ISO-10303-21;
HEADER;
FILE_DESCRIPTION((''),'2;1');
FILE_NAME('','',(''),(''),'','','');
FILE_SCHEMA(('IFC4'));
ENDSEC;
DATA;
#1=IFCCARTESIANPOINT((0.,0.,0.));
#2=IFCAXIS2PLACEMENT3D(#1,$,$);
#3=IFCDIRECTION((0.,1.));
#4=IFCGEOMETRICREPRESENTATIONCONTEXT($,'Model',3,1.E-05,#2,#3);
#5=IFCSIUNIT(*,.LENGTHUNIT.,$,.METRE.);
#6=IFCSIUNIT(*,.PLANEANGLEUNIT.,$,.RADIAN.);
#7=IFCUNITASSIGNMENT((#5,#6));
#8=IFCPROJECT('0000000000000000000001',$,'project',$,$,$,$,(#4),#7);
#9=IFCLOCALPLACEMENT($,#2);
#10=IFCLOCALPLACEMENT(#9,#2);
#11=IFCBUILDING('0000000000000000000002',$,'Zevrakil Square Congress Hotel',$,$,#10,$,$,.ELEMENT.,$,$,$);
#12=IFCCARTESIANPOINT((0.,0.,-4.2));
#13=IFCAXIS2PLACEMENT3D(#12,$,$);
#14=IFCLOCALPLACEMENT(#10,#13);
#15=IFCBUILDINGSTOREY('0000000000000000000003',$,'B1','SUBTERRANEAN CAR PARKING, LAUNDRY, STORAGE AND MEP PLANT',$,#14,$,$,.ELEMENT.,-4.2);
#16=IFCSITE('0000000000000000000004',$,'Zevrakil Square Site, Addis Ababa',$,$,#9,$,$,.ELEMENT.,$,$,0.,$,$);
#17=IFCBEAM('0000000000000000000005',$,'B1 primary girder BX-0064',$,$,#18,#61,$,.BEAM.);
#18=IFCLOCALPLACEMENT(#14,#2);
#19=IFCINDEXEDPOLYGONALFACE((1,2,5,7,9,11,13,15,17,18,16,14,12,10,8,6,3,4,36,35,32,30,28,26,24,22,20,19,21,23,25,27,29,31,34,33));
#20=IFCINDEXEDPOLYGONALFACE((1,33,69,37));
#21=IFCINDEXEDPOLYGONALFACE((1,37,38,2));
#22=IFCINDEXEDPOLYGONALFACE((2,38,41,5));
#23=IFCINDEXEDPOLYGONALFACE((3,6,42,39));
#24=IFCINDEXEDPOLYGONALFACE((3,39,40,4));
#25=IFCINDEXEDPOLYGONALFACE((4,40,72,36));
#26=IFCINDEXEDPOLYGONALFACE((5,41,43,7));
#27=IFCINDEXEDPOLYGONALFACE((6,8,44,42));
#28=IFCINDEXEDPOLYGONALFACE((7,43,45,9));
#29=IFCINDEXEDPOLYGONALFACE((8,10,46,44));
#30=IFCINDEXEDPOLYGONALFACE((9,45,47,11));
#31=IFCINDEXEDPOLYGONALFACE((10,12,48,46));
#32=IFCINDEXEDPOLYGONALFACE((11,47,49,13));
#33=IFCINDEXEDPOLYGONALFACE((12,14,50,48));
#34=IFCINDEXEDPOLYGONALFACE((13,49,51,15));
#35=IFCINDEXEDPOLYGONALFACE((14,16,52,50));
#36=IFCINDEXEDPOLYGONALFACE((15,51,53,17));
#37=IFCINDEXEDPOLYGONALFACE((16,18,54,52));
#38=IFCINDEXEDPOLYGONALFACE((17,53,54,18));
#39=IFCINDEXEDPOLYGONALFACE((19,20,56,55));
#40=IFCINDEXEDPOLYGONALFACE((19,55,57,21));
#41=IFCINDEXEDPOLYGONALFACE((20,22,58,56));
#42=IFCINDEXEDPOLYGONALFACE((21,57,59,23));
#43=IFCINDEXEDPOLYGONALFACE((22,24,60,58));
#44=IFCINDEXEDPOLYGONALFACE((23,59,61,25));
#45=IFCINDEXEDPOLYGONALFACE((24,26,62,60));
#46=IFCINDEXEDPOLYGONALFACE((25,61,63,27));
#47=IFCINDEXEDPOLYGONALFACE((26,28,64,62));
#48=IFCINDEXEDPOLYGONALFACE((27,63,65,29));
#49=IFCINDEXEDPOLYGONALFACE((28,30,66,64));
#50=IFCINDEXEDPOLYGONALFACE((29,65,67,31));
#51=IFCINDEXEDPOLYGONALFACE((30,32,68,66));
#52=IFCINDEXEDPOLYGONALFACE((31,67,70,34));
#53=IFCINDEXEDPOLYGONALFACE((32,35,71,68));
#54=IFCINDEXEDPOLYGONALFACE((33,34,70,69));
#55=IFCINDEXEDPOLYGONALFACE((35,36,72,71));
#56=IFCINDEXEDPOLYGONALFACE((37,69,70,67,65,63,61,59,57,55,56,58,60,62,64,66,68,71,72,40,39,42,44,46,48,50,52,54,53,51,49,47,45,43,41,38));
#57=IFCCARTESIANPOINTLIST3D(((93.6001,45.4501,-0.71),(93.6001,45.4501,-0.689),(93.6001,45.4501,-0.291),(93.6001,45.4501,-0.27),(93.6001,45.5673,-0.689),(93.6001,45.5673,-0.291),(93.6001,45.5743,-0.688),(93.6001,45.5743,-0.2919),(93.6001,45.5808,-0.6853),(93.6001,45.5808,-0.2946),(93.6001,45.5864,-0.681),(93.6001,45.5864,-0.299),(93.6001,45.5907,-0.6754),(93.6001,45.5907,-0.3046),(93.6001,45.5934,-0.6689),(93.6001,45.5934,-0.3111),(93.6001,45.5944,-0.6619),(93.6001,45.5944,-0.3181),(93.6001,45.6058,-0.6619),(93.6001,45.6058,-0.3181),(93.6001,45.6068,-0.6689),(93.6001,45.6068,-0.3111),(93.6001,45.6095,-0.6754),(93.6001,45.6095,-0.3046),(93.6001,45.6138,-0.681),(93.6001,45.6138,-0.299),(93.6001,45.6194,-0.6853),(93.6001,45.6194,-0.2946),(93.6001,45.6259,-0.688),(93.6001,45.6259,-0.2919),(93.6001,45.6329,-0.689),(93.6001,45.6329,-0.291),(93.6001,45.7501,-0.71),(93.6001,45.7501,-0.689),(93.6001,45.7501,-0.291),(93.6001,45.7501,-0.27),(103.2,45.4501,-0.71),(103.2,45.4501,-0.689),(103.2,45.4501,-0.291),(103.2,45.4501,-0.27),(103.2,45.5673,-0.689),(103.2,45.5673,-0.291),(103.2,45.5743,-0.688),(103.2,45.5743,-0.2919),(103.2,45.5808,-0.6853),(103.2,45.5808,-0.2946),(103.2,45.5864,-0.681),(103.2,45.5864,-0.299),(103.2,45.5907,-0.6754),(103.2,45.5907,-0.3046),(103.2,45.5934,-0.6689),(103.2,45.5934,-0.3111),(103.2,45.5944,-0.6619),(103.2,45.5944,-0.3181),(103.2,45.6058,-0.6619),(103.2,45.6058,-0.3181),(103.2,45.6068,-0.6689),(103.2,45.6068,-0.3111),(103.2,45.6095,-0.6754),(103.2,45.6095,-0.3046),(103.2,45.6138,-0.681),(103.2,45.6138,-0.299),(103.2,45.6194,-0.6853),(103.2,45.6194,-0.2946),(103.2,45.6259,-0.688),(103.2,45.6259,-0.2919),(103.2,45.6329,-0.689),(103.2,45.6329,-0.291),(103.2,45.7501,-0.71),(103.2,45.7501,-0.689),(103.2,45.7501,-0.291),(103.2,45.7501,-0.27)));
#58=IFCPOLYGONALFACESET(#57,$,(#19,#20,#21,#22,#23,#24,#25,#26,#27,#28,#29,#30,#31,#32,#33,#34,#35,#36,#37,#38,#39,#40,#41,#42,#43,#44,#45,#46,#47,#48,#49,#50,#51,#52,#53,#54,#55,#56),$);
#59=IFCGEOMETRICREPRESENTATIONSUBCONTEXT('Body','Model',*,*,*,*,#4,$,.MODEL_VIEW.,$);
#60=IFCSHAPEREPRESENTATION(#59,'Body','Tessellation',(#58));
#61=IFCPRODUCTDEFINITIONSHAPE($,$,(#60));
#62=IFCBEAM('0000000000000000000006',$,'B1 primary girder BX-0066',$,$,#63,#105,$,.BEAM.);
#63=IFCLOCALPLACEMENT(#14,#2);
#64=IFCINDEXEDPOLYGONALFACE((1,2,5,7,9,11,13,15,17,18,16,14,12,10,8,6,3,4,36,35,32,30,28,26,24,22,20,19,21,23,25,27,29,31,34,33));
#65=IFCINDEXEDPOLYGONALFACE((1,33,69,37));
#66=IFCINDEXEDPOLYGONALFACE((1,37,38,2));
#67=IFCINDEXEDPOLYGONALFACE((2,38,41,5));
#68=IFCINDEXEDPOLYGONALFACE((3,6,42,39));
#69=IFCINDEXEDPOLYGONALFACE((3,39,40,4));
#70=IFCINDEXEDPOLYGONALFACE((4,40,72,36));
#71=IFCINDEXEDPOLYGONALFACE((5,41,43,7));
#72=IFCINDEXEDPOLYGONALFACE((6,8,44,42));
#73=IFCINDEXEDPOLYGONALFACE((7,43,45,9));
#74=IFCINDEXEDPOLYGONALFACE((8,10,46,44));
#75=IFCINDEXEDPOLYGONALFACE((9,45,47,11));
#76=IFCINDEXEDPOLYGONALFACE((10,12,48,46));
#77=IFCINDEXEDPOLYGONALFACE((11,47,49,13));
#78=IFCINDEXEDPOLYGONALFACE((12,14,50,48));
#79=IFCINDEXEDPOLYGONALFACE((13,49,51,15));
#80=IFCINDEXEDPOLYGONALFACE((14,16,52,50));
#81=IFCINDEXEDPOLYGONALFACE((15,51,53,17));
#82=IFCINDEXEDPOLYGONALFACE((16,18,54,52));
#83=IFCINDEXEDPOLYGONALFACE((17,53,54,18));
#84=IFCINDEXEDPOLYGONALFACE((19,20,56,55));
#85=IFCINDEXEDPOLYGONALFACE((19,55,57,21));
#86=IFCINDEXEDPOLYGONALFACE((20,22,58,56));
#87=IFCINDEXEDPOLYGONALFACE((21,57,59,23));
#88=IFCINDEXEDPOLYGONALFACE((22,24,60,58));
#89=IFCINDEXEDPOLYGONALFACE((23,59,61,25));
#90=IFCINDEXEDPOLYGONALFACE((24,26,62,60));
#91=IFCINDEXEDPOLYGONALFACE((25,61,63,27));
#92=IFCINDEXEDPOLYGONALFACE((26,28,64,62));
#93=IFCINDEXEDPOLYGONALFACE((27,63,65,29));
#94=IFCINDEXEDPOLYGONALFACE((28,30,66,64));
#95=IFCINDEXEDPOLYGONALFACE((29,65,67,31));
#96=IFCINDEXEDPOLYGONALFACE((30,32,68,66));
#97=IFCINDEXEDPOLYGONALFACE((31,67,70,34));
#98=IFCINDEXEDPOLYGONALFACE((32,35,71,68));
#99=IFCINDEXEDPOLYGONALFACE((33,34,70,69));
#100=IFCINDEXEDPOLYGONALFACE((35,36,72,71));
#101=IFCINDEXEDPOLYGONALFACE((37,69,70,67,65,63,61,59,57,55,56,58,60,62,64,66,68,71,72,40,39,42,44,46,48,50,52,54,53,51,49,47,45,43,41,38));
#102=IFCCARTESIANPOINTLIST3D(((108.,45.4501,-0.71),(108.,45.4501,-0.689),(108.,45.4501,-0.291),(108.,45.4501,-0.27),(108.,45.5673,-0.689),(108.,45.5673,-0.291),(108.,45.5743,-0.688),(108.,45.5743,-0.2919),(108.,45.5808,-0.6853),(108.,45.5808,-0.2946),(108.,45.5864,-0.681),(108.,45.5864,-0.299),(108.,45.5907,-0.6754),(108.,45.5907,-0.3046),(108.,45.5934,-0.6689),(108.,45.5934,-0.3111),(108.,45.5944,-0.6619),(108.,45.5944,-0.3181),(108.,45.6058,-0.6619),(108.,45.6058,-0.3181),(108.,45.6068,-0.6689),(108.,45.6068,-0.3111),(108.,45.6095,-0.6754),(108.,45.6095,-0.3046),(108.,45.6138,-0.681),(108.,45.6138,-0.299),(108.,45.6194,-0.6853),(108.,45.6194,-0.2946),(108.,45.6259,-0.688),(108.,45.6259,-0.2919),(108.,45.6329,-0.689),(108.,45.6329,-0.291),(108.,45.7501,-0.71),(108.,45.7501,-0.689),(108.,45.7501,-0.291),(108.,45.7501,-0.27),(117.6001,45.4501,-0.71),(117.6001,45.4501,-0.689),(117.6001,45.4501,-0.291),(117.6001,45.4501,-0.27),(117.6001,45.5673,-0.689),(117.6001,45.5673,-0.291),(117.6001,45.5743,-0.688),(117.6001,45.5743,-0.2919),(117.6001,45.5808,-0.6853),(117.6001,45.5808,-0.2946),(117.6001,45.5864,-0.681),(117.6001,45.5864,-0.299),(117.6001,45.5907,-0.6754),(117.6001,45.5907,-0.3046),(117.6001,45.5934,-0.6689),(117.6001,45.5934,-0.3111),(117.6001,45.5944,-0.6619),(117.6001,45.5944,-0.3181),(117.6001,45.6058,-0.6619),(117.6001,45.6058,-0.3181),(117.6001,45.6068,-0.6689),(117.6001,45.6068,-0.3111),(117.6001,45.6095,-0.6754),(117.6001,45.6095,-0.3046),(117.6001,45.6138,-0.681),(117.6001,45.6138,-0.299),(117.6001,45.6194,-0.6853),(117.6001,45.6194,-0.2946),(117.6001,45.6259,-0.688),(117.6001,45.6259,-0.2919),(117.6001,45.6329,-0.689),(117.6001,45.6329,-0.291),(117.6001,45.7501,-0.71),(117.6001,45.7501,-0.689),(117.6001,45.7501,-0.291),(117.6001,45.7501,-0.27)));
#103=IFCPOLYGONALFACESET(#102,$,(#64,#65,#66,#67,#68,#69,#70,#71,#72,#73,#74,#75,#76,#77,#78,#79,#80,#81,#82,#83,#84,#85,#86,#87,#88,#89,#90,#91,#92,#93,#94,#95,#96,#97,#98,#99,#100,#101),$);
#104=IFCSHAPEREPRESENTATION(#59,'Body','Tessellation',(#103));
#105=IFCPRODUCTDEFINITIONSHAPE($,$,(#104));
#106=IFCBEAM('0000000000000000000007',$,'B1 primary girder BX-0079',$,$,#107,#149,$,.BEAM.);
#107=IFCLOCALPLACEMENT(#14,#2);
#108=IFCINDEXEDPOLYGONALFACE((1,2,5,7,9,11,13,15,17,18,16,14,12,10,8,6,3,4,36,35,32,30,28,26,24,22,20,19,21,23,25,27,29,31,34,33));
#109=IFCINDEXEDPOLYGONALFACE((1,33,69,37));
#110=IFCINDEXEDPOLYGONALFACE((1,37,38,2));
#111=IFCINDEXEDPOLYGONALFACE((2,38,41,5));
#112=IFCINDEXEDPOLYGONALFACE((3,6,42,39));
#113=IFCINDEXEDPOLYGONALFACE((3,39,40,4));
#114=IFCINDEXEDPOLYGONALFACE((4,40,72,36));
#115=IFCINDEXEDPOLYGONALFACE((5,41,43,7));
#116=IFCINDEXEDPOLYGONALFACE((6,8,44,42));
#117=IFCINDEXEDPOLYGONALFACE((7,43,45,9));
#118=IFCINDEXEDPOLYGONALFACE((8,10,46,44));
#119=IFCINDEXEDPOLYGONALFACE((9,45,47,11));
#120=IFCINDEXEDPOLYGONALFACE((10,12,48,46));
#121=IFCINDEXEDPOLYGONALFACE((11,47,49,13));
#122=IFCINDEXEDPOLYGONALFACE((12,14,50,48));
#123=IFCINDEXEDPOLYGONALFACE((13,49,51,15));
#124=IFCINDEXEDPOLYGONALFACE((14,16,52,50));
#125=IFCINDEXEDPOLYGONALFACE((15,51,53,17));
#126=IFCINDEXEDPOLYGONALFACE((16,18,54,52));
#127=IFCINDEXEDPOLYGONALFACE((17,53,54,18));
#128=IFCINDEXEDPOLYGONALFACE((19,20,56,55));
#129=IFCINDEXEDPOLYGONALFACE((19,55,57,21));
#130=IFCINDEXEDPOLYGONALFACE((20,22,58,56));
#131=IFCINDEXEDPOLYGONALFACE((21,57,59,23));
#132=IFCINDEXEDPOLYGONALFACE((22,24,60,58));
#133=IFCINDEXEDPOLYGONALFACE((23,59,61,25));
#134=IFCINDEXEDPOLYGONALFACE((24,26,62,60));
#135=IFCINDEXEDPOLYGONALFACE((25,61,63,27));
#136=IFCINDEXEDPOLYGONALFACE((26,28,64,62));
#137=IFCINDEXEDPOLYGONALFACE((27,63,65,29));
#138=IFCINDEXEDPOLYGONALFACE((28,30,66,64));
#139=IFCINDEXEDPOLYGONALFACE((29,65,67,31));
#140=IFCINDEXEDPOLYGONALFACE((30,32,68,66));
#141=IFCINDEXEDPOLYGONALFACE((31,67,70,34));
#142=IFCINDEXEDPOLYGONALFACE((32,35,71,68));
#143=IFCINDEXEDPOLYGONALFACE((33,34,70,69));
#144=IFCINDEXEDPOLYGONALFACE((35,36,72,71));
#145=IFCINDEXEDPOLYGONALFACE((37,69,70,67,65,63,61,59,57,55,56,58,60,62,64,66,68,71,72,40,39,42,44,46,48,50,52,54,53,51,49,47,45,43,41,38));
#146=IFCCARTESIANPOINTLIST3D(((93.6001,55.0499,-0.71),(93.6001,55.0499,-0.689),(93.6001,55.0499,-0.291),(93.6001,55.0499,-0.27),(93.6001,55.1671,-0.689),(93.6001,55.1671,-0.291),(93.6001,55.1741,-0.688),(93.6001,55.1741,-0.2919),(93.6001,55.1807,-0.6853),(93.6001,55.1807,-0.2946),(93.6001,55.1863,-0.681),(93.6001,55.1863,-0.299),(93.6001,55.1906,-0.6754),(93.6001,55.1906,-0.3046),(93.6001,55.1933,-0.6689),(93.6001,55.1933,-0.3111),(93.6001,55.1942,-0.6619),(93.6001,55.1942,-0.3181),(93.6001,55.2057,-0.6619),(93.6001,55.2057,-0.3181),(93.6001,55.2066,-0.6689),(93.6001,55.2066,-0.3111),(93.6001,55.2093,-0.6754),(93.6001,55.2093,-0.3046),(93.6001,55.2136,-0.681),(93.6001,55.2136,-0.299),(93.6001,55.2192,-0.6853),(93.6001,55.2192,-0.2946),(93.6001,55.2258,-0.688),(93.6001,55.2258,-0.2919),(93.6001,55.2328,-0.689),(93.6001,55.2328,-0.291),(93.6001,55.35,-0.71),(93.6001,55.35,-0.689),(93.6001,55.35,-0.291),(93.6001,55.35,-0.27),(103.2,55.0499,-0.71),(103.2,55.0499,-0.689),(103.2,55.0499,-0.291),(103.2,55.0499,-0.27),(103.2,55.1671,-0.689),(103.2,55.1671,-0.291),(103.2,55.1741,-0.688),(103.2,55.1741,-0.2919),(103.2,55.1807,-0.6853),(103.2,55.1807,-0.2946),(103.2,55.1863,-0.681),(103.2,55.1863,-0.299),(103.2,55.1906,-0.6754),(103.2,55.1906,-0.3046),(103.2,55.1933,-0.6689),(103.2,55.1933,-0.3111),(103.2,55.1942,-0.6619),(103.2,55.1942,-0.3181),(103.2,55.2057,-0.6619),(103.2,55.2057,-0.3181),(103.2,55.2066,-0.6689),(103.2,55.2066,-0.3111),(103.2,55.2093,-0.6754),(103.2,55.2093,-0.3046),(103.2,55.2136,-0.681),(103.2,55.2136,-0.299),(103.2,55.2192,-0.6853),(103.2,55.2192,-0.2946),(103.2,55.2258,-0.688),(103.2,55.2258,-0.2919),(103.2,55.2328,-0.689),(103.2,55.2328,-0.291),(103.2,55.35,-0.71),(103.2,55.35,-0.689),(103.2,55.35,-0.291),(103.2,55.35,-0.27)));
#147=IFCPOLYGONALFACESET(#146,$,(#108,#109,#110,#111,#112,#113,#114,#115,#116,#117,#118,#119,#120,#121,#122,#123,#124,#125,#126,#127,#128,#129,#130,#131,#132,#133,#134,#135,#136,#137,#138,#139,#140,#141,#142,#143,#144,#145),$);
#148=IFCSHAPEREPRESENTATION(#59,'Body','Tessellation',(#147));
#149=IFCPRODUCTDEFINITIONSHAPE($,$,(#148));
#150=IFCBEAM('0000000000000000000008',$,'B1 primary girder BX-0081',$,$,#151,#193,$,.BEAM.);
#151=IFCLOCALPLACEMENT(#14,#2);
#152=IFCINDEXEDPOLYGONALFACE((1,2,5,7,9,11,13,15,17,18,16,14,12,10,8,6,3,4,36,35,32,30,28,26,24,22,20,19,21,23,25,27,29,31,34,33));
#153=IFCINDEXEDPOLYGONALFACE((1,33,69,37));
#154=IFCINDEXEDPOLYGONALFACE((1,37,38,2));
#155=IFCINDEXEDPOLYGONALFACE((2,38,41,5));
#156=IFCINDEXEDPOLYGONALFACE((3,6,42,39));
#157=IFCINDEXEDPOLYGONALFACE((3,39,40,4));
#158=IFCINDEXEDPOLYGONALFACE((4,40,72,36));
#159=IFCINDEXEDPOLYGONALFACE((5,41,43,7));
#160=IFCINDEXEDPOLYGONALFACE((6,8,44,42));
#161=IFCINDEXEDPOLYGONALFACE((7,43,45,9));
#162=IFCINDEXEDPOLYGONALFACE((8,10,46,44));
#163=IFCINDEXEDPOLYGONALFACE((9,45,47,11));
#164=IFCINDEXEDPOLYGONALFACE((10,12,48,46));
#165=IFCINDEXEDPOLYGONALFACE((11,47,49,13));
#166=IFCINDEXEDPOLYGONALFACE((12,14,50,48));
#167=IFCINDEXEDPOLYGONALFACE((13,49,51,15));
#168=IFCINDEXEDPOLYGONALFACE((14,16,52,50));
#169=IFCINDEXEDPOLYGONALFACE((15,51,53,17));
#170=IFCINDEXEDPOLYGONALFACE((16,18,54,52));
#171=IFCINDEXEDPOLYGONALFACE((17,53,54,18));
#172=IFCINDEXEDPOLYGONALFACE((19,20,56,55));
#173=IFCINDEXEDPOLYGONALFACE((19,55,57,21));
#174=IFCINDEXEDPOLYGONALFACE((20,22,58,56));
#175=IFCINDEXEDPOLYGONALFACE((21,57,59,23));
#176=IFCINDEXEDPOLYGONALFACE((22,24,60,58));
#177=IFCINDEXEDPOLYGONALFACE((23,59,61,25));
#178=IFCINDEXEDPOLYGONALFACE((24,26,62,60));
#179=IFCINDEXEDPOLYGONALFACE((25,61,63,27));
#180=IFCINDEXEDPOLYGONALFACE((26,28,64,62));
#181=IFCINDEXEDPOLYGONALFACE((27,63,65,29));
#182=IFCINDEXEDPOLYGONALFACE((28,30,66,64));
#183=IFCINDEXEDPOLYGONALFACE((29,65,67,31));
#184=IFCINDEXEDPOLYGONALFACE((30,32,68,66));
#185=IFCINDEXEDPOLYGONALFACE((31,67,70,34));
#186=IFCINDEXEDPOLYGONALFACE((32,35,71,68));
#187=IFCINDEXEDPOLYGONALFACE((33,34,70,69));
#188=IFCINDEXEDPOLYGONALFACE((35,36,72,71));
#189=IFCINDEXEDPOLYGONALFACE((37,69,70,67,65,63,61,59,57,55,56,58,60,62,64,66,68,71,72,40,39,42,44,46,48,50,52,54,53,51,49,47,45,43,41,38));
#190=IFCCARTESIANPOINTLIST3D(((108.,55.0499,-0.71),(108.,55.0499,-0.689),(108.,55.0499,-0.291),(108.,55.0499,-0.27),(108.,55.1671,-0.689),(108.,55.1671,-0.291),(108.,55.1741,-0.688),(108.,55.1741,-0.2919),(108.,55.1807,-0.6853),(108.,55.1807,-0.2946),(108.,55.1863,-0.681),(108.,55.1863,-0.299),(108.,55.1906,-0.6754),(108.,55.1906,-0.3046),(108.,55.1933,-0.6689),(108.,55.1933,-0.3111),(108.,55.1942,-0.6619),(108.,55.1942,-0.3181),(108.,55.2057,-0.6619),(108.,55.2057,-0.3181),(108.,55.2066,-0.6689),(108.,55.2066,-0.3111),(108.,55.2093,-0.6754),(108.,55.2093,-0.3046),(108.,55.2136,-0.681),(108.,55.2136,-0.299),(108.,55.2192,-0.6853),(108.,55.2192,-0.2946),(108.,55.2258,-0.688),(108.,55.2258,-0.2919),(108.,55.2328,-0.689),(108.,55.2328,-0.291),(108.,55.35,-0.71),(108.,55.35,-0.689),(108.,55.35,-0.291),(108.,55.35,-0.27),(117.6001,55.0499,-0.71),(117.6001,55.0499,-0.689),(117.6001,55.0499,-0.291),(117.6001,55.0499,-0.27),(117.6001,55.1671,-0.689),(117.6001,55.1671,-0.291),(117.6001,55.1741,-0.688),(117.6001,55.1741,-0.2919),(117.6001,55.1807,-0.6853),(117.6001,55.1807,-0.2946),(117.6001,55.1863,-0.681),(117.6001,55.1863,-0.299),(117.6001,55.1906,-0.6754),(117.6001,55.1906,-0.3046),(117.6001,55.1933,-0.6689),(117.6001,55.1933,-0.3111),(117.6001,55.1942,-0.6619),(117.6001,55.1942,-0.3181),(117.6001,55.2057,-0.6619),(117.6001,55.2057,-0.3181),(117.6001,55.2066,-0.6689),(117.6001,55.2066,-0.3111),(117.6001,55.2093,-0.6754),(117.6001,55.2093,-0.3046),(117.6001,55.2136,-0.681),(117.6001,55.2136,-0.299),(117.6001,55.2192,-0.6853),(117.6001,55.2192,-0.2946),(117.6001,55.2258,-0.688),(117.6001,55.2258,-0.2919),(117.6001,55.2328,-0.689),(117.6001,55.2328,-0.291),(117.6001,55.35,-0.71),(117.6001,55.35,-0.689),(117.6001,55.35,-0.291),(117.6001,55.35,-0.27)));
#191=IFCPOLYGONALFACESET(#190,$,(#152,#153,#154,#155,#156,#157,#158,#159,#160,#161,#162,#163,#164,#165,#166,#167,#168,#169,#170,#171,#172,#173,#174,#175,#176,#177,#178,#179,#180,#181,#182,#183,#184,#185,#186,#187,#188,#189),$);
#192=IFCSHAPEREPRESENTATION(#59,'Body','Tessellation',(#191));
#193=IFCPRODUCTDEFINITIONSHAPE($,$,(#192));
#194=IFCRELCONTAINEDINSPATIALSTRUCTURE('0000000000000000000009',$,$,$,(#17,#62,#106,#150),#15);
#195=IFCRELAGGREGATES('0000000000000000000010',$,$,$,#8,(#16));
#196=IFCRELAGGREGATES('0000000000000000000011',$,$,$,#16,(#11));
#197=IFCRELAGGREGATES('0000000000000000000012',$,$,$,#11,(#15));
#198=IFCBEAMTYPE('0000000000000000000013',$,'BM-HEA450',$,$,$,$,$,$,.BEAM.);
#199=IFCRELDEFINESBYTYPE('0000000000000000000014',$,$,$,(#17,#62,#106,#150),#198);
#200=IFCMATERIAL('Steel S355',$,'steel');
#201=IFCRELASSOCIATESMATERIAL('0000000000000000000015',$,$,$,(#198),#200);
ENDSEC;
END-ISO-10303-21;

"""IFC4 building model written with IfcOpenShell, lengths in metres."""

from ifc_helpers import new_model, si_unit, direction, frame, origin, origin_2d, place, context, subcontext, project, spatial, i_section, extrude, material, material_profile, profile_set, type_object, element, save


model = new_model("IFC4")

# Units and contexts
model_context = context("Model", 3, precision=1e-05, world=origin(), true_north=direction((0.0, 1.0)))
body_context = subcontext(model_context, "Body", "Model", "MODEL_VIEW")
ifc_project = project(units=[si_unit("LENGTHUNIT", "METRE"), si_unit("PLANEANGLEUNIT", "RADIAN")], contexts=[model_context])

# Site, building, storey
site_placement = place(None, origin())
site = spatial("IfcSite", under=ifc_project, at=site_placement, Name="Zevrakil Square Site, Addis Ababa", CompositionType="ELEMENT", RefElevation=0.0)
building_placement = place(site_placement, origin())
building = spatial("IfcBuilding", under=site, at=building_placement, Name="Zevrakil Square Congress Hotel", CompositionType="ELEMENT")
storey_placement = place(building_placement, frame((0.0, 0.0, -4.2)))
storey = spatial("IfcBuildingStorey", under=building, at=storey_placement, Name="B1", Description="SUBTERRANEAN CAR PARKING, LAUNDRY, STORAGE AND MEP PLANT", CompositionType="ELEMENT", Elevation=-4.2)

# Beams
ifc_material_1 = material(Name="Steel S355", Category="steel")
ifc_material_profile_1 = material_profile(ifc_material_1, i_section(OverallWidth=0.3, OverallDepth=0.4399, WebThickness=0.0115, FlangeThickness=0.021, FilletRadius=0.0271, at=origin_2d()), Name="HEA 450")
ifc_profile_set_1 = profile_set([ifc_material_profile_1], Name="Steel S355")
beam_type_1 = type_object("IfcBeamType", Name="BM-HEA450", PredefinedType="BEAM", material=ifc_profile_set_1)
beam_1_placement = place(storey_placement, frame((93.6001, 45.6001, -0.49), z_axis=(1.0, 0.0, 0.0), x_axis=(0.0, 1.0, 0.0)))
element("IfcBeam", 1, at=beam_1_placement, inside=storey, type_object=beam_type_1, Name="B1 primary girder BX-0064", PredefinedType="BEAM", context=body_context, shape_type="SweptSolid", body=[
    extrude(i_section(OverallWidth=0.3, OverallDepth=0.4399, WebThickness=0.0115, FlangeThickness=0.021, FilletRadius=0.0271, at=origin_2d()), origin(), (0.0, 0.0, 1.0), 9.5999),
])
beam_2_placement = place(storey_placement, frame((108.0, 45.6001, -0.49), z_axis=(1.0, 0.0, 0.0), x_axis=(0.0, 1.0, 0.0)))
element("IfcBeam", 2, at=beam_2_placement, inside=storey, type_object=beam_type_1, Name="B1 primary girder BX-0066", PredefinedType="BEAM", context=body_context, shape_type="SweptSolid", body=[
    extrude(i_section(OverallWidth=0.3, OverallDepth=0.4399, WebThickness=0.0115, FlangeThickness=0.021, FilletRadius=0.0271, at=origin_2d()), origin(), (0.0, 0.0, 1.0), 9.6001),
])
beam_3_placement = place(storey_placement, frame((93.6001, 55.2, -0.49), z_axis=(1.0, 0.0, 0.0), x_axis=(0.0, 1.0, 0.0)))
element("IfcBeam", 3, at=beam_3_placement, inside=storey, type_object=beam_type_1, Name="B1 primary girder BX-0079", PredefinedType="BEAM", context=body_context, shape_type="SweptSolid", body=[
    extrude(i_section(OverallWidth=0.3, OverallDepth=0.4399, WebThickness=0.0115, FlangeThickness=0.021, FilletRadius=0.0271, at=origin_2d()), origin(), (0.0, 0.0, 1.0), 9.5999),
])
beam_4_placement = place(storey_placement, frame((108.0, 55.2, -0.49), z_axis=(1.0, 0.0, 0.0), x_axis=(0.0, 1.0, 0.0)))
element("IfcBeam", 4, at=beam_4_placement, inside=storey, type_object=beam_type_1, Name="B1 primary girder BX-0081", PredefinedType="BEAM", context=body_context, shape_type="SweptSolid", body=[
    extrude(i_section(OverallWidth=0.3, OverallDepth=0.4399, WebThickness=0.0115, FlangeThickness=0.021, FilletRadius=0.0271, at=origin_2d()), origin(), (0.0, 0.0, 1.0), 9.6001),
])

save(model, "model.ifc")
